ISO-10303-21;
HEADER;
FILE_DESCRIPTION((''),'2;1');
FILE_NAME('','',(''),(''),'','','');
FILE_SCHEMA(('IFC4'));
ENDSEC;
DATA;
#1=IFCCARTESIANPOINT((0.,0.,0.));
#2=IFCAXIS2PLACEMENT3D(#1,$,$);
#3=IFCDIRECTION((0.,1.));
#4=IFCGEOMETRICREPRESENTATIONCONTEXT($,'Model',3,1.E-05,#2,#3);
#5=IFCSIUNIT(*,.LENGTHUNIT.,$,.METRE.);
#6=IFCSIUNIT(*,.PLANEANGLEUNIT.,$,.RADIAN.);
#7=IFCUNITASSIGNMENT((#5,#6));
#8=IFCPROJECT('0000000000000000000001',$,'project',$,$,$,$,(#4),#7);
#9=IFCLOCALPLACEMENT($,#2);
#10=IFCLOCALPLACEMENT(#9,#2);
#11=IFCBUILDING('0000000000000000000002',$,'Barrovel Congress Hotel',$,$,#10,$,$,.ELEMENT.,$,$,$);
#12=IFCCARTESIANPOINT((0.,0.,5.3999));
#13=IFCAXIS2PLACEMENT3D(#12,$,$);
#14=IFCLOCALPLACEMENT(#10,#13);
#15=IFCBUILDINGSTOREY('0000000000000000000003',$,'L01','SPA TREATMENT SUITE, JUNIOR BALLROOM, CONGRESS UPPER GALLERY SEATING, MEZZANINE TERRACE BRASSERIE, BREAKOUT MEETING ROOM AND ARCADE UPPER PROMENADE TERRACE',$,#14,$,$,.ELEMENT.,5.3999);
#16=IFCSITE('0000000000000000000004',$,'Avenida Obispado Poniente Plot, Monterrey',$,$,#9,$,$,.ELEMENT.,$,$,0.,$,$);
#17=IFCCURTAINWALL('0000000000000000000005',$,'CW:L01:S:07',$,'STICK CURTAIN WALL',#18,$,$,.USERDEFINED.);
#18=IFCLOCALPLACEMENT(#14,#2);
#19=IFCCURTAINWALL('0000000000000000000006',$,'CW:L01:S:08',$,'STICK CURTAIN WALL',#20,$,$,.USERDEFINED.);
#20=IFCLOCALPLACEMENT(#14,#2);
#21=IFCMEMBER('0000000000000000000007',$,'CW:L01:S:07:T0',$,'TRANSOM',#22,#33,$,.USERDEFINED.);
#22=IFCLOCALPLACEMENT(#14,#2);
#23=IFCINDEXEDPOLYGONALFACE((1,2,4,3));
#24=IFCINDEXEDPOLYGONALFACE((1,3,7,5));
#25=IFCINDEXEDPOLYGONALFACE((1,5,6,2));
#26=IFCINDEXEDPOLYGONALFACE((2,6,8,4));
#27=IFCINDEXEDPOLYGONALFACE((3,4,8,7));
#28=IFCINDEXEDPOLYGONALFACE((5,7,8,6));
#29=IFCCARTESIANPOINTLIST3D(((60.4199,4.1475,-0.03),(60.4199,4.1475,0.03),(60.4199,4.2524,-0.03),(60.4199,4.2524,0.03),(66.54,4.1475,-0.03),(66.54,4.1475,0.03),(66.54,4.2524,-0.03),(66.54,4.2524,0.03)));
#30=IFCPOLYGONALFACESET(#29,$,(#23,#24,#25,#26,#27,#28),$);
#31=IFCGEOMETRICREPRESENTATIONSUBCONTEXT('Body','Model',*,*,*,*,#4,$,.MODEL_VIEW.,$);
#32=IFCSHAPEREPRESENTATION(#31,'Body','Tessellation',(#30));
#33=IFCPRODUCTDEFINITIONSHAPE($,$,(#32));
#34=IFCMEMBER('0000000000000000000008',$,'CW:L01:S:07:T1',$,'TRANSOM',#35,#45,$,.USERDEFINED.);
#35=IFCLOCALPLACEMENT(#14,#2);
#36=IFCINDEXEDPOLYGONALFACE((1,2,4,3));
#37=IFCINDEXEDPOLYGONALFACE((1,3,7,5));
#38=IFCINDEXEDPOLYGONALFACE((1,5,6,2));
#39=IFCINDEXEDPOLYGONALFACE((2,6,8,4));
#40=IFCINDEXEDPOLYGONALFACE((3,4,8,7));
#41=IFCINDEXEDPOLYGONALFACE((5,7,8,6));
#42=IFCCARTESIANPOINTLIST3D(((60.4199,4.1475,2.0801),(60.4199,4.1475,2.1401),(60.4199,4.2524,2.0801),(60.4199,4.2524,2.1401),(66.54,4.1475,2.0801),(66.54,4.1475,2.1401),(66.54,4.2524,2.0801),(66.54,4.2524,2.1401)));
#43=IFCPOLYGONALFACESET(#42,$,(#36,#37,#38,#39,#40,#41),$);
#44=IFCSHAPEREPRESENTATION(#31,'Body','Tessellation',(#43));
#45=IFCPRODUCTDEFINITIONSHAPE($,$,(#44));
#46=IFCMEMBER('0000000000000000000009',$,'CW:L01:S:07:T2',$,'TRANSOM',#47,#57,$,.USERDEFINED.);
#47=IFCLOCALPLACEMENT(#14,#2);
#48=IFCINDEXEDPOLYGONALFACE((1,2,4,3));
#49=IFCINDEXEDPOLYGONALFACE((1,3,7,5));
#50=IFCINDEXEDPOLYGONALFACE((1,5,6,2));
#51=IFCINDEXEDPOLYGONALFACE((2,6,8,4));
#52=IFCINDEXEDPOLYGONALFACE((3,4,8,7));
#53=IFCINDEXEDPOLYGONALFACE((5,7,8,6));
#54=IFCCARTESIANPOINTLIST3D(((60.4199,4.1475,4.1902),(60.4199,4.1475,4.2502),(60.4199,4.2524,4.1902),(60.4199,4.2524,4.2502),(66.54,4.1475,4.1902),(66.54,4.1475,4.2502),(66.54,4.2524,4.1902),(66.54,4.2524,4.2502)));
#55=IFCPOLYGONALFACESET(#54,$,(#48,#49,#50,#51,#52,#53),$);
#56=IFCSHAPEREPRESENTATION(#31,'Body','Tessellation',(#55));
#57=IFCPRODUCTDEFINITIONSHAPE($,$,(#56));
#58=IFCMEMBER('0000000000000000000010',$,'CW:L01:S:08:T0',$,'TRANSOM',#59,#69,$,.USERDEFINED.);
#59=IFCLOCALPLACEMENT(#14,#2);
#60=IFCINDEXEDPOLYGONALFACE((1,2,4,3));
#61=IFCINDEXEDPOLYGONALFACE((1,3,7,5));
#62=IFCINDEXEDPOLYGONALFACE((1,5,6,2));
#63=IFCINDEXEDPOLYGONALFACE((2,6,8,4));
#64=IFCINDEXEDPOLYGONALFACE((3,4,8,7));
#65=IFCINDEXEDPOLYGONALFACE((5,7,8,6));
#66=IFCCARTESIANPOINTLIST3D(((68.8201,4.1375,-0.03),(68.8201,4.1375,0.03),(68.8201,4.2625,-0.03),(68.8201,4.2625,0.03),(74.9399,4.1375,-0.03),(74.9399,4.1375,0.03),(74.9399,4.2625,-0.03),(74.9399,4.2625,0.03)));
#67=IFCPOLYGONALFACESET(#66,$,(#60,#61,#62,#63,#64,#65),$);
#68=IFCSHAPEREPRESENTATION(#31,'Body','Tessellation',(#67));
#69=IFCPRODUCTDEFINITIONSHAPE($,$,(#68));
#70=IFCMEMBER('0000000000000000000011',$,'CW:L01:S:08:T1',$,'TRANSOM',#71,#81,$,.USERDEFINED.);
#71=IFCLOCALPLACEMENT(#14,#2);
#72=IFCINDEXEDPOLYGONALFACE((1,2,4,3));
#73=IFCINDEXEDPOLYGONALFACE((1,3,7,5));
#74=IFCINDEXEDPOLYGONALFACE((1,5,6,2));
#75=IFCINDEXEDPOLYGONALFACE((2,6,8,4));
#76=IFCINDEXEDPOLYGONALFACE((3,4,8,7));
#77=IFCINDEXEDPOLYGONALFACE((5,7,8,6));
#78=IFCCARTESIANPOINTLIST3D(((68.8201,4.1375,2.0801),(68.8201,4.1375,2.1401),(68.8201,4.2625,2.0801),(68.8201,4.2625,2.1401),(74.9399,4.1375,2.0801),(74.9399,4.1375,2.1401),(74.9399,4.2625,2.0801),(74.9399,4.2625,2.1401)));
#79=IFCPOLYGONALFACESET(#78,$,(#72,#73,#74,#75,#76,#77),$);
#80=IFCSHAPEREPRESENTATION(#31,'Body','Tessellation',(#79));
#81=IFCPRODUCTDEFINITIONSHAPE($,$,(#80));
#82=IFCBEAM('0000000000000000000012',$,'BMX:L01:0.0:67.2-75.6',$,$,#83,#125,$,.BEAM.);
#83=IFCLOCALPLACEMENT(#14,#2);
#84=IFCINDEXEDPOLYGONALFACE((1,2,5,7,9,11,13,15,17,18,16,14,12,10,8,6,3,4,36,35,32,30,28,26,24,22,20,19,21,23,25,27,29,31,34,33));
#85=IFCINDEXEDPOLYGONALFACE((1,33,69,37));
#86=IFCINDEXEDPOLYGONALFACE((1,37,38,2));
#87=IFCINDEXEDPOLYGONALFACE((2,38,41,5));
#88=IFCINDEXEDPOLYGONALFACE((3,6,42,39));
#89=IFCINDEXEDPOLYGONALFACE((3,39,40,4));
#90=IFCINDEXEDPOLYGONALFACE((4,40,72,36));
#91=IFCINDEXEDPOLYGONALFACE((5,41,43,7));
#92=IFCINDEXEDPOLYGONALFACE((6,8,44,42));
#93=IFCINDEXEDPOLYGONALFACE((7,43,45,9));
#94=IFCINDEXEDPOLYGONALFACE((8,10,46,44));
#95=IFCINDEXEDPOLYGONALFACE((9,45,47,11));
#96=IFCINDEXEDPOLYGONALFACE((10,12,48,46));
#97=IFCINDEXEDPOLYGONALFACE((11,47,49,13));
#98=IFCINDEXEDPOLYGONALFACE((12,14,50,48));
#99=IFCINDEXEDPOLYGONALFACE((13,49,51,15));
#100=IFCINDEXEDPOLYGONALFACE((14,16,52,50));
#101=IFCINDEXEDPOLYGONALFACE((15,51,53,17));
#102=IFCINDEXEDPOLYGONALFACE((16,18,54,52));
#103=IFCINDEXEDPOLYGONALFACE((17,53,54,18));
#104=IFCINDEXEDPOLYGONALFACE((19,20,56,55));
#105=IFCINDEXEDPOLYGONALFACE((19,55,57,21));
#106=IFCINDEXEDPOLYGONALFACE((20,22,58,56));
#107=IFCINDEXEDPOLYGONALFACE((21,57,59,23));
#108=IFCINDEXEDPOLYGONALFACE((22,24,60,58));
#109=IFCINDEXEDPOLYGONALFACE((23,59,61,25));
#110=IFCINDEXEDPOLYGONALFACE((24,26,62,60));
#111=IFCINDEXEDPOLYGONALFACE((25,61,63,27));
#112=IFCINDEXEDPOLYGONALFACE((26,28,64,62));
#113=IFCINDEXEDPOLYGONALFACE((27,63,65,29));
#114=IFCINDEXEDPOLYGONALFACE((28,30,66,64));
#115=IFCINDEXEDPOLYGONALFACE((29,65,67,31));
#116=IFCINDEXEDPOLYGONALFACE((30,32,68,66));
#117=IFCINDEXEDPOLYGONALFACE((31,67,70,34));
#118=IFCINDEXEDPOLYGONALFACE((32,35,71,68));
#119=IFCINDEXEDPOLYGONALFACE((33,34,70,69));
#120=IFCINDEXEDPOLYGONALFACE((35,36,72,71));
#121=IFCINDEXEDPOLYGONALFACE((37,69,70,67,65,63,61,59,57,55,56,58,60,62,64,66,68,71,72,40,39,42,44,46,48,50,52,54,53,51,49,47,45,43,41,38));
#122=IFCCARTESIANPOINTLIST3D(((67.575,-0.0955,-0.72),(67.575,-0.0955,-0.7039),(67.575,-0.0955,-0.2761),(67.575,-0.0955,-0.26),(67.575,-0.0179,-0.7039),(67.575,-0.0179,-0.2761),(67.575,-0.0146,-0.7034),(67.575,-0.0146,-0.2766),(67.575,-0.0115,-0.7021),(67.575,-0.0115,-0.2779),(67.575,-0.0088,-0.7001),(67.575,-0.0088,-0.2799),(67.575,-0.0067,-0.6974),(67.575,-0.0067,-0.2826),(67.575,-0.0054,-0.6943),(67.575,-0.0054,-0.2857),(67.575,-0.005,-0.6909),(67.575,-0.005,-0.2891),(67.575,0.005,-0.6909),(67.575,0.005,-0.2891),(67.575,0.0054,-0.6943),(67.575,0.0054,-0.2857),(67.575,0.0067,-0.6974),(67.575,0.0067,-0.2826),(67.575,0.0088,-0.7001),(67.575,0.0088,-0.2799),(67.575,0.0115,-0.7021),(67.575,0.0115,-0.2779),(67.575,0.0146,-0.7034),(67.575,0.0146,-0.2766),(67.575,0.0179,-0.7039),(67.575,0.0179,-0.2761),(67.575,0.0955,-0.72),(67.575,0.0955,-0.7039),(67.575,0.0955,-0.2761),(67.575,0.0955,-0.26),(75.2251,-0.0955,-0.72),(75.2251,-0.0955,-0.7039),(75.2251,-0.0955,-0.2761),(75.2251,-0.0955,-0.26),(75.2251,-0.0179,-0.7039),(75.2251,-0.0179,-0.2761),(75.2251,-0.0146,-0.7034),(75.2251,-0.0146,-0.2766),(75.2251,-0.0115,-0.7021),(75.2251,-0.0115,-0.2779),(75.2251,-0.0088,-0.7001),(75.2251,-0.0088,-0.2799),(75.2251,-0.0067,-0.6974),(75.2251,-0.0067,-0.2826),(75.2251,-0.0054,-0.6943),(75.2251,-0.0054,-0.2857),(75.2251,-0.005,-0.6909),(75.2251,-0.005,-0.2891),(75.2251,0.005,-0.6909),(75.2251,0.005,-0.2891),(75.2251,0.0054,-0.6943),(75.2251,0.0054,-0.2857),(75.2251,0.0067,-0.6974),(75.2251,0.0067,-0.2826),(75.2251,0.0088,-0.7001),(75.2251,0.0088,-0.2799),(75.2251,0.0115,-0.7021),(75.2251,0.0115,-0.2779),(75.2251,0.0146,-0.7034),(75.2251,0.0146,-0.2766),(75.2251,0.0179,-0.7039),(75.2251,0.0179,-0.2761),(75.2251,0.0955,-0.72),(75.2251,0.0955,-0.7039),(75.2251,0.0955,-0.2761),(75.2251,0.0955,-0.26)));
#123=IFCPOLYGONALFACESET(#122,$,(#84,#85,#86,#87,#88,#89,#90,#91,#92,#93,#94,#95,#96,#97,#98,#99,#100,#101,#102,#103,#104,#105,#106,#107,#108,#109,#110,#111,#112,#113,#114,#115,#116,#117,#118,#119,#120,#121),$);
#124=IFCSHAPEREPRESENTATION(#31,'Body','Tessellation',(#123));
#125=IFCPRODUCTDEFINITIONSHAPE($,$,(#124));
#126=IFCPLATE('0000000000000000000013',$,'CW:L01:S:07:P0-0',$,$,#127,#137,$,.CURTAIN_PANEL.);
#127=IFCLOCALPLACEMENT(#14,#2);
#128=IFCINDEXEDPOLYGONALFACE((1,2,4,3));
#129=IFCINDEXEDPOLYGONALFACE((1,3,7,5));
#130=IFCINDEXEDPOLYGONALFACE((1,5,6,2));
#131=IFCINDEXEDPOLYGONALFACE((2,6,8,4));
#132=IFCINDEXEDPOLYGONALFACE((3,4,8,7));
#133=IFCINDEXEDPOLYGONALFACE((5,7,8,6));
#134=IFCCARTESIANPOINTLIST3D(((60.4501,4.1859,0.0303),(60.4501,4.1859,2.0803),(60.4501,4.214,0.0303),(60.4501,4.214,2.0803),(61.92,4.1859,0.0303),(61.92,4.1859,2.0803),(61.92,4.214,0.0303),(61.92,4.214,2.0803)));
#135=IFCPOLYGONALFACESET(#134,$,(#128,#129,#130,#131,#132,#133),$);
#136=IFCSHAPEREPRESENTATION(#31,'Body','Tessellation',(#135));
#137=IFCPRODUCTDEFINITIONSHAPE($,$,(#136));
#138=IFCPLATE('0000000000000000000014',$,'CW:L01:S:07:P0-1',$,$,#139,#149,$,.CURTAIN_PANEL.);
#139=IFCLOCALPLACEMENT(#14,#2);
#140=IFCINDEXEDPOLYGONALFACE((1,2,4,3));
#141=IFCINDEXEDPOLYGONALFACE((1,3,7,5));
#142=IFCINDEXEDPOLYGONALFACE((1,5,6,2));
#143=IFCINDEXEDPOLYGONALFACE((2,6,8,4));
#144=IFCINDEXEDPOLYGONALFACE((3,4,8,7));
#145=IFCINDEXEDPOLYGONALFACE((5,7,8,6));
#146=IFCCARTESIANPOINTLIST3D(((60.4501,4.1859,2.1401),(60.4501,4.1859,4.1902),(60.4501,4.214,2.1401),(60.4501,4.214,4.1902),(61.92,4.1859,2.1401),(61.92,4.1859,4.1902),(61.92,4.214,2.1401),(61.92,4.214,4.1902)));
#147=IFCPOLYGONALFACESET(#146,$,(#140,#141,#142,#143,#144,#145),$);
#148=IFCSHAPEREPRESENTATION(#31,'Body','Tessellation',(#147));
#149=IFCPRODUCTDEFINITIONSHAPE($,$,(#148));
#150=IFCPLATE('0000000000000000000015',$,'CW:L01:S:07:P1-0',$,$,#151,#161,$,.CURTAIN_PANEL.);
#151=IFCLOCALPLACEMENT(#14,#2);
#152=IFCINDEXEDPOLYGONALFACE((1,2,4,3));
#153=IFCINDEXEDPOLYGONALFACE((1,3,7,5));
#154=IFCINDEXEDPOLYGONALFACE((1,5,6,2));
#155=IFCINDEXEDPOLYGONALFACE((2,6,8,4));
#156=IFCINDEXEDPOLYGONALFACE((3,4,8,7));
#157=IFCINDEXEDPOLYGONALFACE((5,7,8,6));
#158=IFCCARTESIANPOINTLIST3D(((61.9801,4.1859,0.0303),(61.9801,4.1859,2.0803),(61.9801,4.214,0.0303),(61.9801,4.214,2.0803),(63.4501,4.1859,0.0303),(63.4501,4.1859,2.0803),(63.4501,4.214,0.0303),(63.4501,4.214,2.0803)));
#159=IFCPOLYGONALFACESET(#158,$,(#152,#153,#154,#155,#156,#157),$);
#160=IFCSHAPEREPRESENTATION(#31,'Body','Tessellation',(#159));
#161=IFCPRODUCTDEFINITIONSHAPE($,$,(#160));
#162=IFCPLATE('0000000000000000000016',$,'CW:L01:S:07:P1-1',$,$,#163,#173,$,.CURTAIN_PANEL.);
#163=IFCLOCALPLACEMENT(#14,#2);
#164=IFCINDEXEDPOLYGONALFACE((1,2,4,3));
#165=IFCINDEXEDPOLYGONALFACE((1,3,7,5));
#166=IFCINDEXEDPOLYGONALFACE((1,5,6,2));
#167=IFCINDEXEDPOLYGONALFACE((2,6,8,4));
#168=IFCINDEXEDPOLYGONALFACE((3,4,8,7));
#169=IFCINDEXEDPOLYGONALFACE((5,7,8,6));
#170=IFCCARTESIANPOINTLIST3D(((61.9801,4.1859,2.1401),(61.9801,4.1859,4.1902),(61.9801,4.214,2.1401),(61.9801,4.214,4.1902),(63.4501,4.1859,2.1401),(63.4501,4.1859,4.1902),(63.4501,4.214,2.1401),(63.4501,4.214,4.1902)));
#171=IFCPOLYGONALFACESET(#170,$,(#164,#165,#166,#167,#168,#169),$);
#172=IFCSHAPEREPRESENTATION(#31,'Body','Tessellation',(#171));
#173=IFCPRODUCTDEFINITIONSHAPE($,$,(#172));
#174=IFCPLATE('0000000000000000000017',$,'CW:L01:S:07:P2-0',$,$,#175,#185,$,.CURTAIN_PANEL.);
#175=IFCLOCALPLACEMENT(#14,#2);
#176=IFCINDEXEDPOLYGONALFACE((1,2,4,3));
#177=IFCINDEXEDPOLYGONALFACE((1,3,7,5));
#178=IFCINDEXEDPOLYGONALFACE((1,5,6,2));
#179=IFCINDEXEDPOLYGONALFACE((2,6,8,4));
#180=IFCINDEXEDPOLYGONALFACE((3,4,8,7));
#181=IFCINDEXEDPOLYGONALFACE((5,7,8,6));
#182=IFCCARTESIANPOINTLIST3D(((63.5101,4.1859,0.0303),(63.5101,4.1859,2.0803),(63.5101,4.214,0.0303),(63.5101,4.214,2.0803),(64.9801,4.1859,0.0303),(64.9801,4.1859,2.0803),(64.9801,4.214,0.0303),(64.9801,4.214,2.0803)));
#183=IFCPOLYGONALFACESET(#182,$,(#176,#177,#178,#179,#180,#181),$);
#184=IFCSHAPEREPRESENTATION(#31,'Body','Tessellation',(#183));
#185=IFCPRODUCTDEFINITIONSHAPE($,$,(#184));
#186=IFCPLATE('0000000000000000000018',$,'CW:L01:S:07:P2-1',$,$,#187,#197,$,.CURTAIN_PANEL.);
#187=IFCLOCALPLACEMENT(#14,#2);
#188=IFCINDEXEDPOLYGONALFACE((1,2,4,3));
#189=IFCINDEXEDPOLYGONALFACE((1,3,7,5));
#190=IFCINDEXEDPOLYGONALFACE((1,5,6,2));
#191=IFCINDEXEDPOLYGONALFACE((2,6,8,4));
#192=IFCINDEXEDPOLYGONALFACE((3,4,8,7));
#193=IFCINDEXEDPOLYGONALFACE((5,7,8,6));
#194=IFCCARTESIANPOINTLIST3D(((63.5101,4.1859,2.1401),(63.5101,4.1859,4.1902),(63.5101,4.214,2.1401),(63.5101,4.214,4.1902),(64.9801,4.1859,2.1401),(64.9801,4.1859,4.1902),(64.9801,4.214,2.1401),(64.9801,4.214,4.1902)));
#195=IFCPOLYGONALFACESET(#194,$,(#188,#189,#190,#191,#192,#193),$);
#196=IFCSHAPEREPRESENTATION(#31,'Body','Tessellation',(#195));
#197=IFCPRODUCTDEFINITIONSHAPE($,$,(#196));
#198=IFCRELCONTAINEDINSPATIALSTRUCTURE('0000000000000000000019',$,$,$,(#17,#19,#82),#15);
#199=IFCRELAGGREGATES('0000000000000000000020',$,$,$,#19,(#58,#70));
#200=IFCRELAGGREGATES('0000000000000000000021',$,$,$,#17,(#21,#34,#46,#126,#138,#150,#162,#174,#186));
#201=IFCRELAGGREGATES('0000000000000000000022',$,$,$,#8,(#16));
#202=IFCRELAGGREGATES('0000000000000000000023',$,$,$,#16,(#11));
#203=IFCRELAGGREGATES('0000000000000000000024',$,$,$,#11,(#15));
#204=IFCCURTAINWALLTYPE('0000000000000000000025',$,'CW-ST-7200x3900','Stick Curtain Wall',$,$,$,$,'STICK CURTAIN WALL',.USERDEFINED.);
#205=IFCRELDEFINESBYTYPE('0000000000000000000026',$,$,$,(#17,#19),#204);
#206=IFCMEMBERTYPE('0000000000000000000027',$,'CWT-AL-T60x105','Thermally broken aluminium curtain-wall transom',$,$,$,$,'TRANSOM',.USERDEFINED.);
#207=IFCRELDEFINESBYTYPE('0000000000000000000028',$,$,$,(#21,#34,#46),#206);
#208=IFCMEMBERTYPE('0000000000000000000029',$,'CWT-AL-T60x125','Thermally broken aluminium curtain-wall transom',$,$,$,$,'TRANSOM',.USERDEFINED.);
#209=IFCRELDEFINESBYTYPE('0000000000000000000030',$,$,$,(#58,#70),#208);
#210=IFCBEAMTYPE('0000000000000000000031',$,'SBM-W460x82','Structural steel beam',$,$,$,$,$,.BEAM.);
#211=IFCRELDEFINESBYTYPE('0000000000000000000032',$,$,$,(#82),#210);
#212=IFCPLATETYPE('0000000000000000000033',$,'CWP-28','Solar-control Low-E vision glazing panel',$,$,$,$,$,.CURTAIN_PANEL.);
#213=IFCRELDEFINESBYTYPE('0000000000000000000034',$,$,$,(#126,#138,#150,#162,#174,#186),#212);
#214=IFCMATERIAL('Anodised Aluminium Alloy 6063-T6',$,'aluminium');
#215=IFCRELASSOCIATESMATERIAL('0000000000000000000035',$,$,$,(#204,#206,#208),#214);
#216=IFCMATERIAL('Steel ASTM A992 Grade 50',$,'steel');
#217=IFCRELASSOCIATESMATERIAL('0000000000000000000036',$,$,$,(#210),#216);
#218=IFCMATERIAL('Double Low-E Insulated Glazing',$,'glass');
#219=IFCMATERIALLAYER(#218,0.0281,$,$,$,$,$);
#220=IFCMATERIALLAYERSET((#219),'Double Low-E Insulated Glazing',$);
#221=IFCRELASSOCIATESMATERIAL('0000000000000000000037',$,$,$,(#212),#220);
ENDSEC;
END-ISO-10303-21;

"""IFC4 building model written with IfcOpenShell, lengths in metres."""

from ifc_helpers import new_model, si_unit, direction, frame, origin, origin_2d, place, context, subcontext, project, spatial, rectangle, i_section, extrude, material, layer, layer_set, material_profile, profile_set, type_object, element, aggregate, save


model = new_model("IFC4")

# Units and contexts
model_context = context("Model", 3, precision=1e-05, world=origin(), true_north=direction((0.0, 1.0)))
body_context = subcontext(model_context, "Body", "Model", "MODEL_VIEW")
ifc_project = project(units=[si_unit("LENGTHUNIT", "METRE"), si_unit("PLANEANGLEUNIT", "RADIAN")], contexts=[model_context])

# Site, building, storey
site_placement = place(None, origin())
site = spatial("IfcSite", under=ifc_project, at=site_placement, Name="Avenida Obispado Poniente Plot, Monterrey", CompositionType="ELEMENT", RefElevation=0.0)
building_placement = place(site_placement, origin())
building = spatial("IfcBuilding", under=site, at=building_placement, Name="Barrovel Congress Hotel", CompositionType="ELEMENT")
storey_placement = place(building_placement, frame((0.0, 0.0, 5.3999)))
storey = spatial("IfcBuildingStorey", under=building, at=storey_placement, Name="L01", Description="SPA TREATMENT SUITE, JUNIOR BALLROOM, CONGRESS UPPER GALLERY SEATING, MEZZANINE TERRACE BRASSERIE, BREAKOUT MEETING ROOM AND ARCADE UPPER PROMENADE TERRACE", CompositionType="ELEMENT", Elevation=5.3999)

# Curtain wall
ifc_material_1 = material(Name="Anodised Aluminium Alloy 6063-T6", Category="aluminium")
curtain_wall_type = type_object("IfcCurtainWallType", Name="CW-ST-7200x3900", Description="Stick Curtain Wall", ElementType="STICK CURTAIN WALL", PredefinedType="USERDEFINED", material=ifc_material_1)
curtain_wall_1_placement = place(storey_placement, origin())
curtain_wall_1 = element("IfcCurtainWall", 1, at=curtain_wall_1_placement, inside=storey, type_object=curtain_wall_type, Name="CW:L01:S:07", ObjectType="STICK CURTAIN WALL", PredefinedType="USERDEFINED")

# Curtain wall
curtain_wall_2_placement = place(storey_placement, origin())
curtain_wall_2 = element("IfcCurtainWall", 2, at=curtain_wall_2_placement, inside=storey, type_object=curtain_wall_type, Name="CW:L01:S:08", ObjectType="STICK CURTAIN WALL", PredefinedType="USERDEFINED")

# Members
ifc_material_profile_1 = material_profile(ifc_material_1, rectangle(XDim=0.105, YDim=0.0601, at=origin_2d()), Name="AL-T60x105")
ifc_profile_set_1 = profile_set([ifc_material_profile_1], Name="Anodised Aluminium Alloy 6063-T6")
member_type_1 = type_object("IfcMemberType", Name="CWT-AL-T60x105", Description="Thermally broken aluminium curtain-wall transom", ElementType="TRANSOM", PredefinedType="USERDEFINED", material=ifc_profile_set_1)
member_1_placement = place(storey_placement, frame((60.4199, 4.2, 0.0), z_axis=(1.0, 0.0, 0.0), x_axis=(0.0, 1.0, 0.0)))
member_1 = element("IfcMember", 3, at=member_1_placement, type_object=member_type_1, Name="CW:L01:S:07:T0", ObjectType="TRANSOM", PredefinedType="USERDEFINED", context=body_context, shape_type="SweptSolid", body=[
    extrude(rectangle(XDim=0.105, YDim=0.0601, at=origin_2d()), origin(), (0.0, 0.0, 1.0), 6.1201),
])
member_2_placement = place(storey_placement, frame((60.4199, 4.2, 2.1101), z_axis=(1.0, 0.0, 0.0), x_axis=(0.0, 1.0, 0.0)))
member_2 = element("IfcMember", 4, at=member_2_placement, type_object=member_type_1, Name="CW:L01:S:07:T1", ObjectType="TRANSOM", PredefinedType="USERDEFINED", context=body_context, shape_type="SweptSolid", body=[
    extrude(rectangle(XDim=0.105, YDim=0.0601, at=origin_2d()), origin(), (0.0, 0.0, 1.0), 6.1201),
])
member_3_placement = place(storey_placement, frame((60.4199, 4.2, 4.2202), z_axis=(1.0, 0.0, 0.0), x_axis=(0.0, 1.0, 0.0)))
member_3 = element("IfcMember", 5, at=member_3_placement, type_object=member_type_1, Name="CW:L01:S:07:T2", ObjectType="TRANSOM", PredefinedType="USERDEFINED", context=body_context, shape_type="SweptSolid", body=[
    extrude(rectangle(XDim=0.105, YDim=0.0601, at=origin_2d()), origin(), (0.0, 0.0, 1.0), 6.1201),
])
ifc_material_profile_2 = material_profile(ifc_material_1, rectangle(XDim=0.125, YDim=0.0601, at=origin_2d()), Name="AL-T60x125")
ifc_profile_set_2 = profile_set([ifc_material_profile_2], Name="Anodised Aluminium Alloy 6063-T6")
member_type_2 = type_object("IfcMemberType", Name="CWT-AL-T60x125", Description="Thermally broken aluminium curtain-wall transom", ElementType="TRANSOM", PredefinedType="USERDEFINED", material=ifc_profile_set_2)
member_4_placement = place(storey_placement, frame((68.8201, 4.2, 0.0), z_axis=(1.0, 0.0, 0.0), x_axis=(0.0, 1.0, 0.0)))
member_4 = element("IfcMember", 6, at=member_4_placement, type_object=member_type_2, Name="CW:L01:S:08:T0", ObjectType="TRANSOM", PredefinedType="USERDEFINED", context=body_context, shape_type="SweptSolid", body=[
    extrude(rectangle(XDim=0.125, YDim=0.0601, at=origin_2d()), origin(), (0.0, 0.0, 1.0), 6.1199),
])
member_5_placement = place(storey_placement, frame((68.8201, 4.2, 2.1101), z_axis=(1.0, 0.0, 0.0), x_axis=(0.0, 1.0, 0.0)))
member_5 = element("IfcMember", 7, at=member_5_placement, type_object=member_type_2, Name="CW:L01:S:08:T1", ObjectType="TRANSOM", PredefinedType="USERDEFINED", context=body_context, shape_type="SweptSolid", body=[
    extrude(rectangle(XDim=0.125, YDim=0.0601, at=origin_2d()), origin(), (0.0, 0.0, 1.0), 6.1199),
])
aggregate(curtain_wall_2, [member_4, member_5])

# Beam
ifc_material_2 = material(Name="Steel ASTM A992 Grade 50", Category="steel")
ifc_material_profile_3 = material_profile(ifc_material_2, i_section(OverallWidth=0.1909, OverallDepth=0.46, WebThickness=0.01, FlangeThickness=0.0161, FilletRadius=0.0129, at=origin_2d()), Name="W460x82")
ifc_profile_set_3 = profile_set([ifc_material_profile_3], Name="Steel ASTM A992 Grade 50")
beam_type_1 = type_object("IfcBeamType", Name="SBM-W460x82", Description="Structural steel beam", PredefinedType="BEAM", material=ifc_profile_set_3)
beam_1_placement = place(storey_placement, frame((67.575, 0.0, -0.49), z_axis=(1.0, 0.0, 0.0), x_axis=(0.0, 1.0, 0.0)))
element("IfcBeam", 8, at=beam_1_placement, inside=storey, type_object=beam_type_1, Name="BMX:L01:0.0:67.2-75.6", PredefinedType="BEAM", context=body_context, shape_type="SweptSolid", body=[
    extrude(i_section(OverallWidth=0.1909, OverallDepth=0.46, WebThickness=0.01, FlangeThickness=0.0161, FilletRadius=0.0129, at=origin_2d()), origin(), (0.0, 0.0, 1.0), 7.6501),
])

# Plates
ifc_material_3 = material(Name="Double Low-E Insulated Glazing", Category="glass")
ifc_layer_1 = layer(ifc_material_3, 0.0281)
ifc_layer_set_1 = layer_set([ifc_layer_1], Name="Double Low-E Insulated Glazing")
plate_type = type_object("IfcPlateType", Name="CWP-28", Description="Solar-control Low-E vision glazing panel", PredefinedType="CURTAIN_PANEL", material=ifc_layer_set_1)
plate_1_placement = place(storey_placement, frame((61.1851, 4.2, 0.0303), z_axis=(0.0, 0.0, 1.0), x_axis=(1.0, 0.0, 0.0)))
plate_1 = element("IfcPlate", 9, at=plate_1_placement, type_object=plate_type, Name="CW:L01:S:07:P0-0", PredefinedType="CURTAIN_PANEL", context=body_context, shape_type="SweptSolid", body=[
    extrude(rectangle(XDim=1.47, YDim=0.0281, at=origin_2d()), origin(), (0.0, 0.0, 1.0), 2.05),
])
plate_2_placement = place(storey_placement, frame((61.1851, 4.2, 2.1401), z_axis=(0.0, 0.0, 1.0), x_axis=(1.0, 0.0, 0.0)))
plate_2 = element("IfcPlate", 10, at=plate_2_placement, type_object=plate_type, Name="CW:L01:S:07:P0-1", PredefinedType="CURTAIN_PANEL", context=body_context, shape_type="SweptSolid", body=[
    extrude(rectangle(XDim=1.47, YDim=0.0281, at=origin_2d()), origin(), (0.0, 0.0, 1.0), 2.05),
])
plate_3_placement = place(storey_placement, frame((62.7151, 4.2, 0.0303), z_axis=(0.0, 0.0, 1.0), x_axis=(1.0, 0.0, 0.0)))
plate_3 = element("IfcPlate", 11, at=plate_3_placement, type_object=plate_type, Name="CW:L01:S:07:P1-0", PredefinedType="CURTAIN_PANEL", context=body_context, shape_type="SweptSolid", body=[
    extrude(rectangle(XDim=1.47, YDim=0.0281, at=origin_2d()), origin(), (0.0, 0.0, 1.0), 2.05),
])
plate_4_placement = place(storey_placement, frame((62.7151, 4.2, 2.1401), z_axis=(0.0, 0.0, 1.0), x_axis=(1.0, 0.0, 0.0)))
plate_4 = element("IfcPlate", 12, at=plate_4_placement, type_object=plate_type, Name="CW:L01:S:07:P1-1", PredefinedType="CURTAIN_PANEL", context=body_context, shape_type="SweptSolid", body=[
    extrude(rectangle(XDim=1.47, YDim=0.0281, at=origin_2d()), origin(), (0.0, 0.0, 1.0), 2.05),
])
plate_5_placement = place(storey_placement, frame((64.2451, 4.2, 0.0303), z_axis=(0.0, 0.0, 1.0), x_axis=(1.0, 0.0, 0.0)))
plate_5 = element("IfcPlate", 13, at=plate_5_placement, type_object=plate_type, Name="CW:L01:S:07:P2-0", PredefinedType="CURTAIN_PANEL", context=body_context, shape_type="SweptSolid", body=[
    extrude(rectangle(XDim=1.47, YDim=0.0281, at=origin_2d()), origin(), (0.0, 0.0, 1.0), 2.05),
])
plate_6_placement = place(storey_placement, frame((64.2451, 4.2, 2.1401), z_axis=(0.0, 0.0, 1.0), x_axis=(1.0, 0.0, 0.0)))
plate_6 = element("IfcPlate", 14, at=plate_6_placement, type_object=plate_type, Name="CW:L01:S:07:P2-1", PredefinedType="CURTAIN_PANEL", context=body_context, shape_type="SweptSolid", body=[
    extrude(rectangle(XDim=1.47, YDim=0.0281, at=origin_2d()), origin(), (0.0, 0.0, 1.0), 2.05),
])
aggregate(curtain_wall_1, [member_1, member_2, member_3, plate_1, plate_2, plate_3, plate_4, plate_5, plate_6])

save(model, "model.ifc")
